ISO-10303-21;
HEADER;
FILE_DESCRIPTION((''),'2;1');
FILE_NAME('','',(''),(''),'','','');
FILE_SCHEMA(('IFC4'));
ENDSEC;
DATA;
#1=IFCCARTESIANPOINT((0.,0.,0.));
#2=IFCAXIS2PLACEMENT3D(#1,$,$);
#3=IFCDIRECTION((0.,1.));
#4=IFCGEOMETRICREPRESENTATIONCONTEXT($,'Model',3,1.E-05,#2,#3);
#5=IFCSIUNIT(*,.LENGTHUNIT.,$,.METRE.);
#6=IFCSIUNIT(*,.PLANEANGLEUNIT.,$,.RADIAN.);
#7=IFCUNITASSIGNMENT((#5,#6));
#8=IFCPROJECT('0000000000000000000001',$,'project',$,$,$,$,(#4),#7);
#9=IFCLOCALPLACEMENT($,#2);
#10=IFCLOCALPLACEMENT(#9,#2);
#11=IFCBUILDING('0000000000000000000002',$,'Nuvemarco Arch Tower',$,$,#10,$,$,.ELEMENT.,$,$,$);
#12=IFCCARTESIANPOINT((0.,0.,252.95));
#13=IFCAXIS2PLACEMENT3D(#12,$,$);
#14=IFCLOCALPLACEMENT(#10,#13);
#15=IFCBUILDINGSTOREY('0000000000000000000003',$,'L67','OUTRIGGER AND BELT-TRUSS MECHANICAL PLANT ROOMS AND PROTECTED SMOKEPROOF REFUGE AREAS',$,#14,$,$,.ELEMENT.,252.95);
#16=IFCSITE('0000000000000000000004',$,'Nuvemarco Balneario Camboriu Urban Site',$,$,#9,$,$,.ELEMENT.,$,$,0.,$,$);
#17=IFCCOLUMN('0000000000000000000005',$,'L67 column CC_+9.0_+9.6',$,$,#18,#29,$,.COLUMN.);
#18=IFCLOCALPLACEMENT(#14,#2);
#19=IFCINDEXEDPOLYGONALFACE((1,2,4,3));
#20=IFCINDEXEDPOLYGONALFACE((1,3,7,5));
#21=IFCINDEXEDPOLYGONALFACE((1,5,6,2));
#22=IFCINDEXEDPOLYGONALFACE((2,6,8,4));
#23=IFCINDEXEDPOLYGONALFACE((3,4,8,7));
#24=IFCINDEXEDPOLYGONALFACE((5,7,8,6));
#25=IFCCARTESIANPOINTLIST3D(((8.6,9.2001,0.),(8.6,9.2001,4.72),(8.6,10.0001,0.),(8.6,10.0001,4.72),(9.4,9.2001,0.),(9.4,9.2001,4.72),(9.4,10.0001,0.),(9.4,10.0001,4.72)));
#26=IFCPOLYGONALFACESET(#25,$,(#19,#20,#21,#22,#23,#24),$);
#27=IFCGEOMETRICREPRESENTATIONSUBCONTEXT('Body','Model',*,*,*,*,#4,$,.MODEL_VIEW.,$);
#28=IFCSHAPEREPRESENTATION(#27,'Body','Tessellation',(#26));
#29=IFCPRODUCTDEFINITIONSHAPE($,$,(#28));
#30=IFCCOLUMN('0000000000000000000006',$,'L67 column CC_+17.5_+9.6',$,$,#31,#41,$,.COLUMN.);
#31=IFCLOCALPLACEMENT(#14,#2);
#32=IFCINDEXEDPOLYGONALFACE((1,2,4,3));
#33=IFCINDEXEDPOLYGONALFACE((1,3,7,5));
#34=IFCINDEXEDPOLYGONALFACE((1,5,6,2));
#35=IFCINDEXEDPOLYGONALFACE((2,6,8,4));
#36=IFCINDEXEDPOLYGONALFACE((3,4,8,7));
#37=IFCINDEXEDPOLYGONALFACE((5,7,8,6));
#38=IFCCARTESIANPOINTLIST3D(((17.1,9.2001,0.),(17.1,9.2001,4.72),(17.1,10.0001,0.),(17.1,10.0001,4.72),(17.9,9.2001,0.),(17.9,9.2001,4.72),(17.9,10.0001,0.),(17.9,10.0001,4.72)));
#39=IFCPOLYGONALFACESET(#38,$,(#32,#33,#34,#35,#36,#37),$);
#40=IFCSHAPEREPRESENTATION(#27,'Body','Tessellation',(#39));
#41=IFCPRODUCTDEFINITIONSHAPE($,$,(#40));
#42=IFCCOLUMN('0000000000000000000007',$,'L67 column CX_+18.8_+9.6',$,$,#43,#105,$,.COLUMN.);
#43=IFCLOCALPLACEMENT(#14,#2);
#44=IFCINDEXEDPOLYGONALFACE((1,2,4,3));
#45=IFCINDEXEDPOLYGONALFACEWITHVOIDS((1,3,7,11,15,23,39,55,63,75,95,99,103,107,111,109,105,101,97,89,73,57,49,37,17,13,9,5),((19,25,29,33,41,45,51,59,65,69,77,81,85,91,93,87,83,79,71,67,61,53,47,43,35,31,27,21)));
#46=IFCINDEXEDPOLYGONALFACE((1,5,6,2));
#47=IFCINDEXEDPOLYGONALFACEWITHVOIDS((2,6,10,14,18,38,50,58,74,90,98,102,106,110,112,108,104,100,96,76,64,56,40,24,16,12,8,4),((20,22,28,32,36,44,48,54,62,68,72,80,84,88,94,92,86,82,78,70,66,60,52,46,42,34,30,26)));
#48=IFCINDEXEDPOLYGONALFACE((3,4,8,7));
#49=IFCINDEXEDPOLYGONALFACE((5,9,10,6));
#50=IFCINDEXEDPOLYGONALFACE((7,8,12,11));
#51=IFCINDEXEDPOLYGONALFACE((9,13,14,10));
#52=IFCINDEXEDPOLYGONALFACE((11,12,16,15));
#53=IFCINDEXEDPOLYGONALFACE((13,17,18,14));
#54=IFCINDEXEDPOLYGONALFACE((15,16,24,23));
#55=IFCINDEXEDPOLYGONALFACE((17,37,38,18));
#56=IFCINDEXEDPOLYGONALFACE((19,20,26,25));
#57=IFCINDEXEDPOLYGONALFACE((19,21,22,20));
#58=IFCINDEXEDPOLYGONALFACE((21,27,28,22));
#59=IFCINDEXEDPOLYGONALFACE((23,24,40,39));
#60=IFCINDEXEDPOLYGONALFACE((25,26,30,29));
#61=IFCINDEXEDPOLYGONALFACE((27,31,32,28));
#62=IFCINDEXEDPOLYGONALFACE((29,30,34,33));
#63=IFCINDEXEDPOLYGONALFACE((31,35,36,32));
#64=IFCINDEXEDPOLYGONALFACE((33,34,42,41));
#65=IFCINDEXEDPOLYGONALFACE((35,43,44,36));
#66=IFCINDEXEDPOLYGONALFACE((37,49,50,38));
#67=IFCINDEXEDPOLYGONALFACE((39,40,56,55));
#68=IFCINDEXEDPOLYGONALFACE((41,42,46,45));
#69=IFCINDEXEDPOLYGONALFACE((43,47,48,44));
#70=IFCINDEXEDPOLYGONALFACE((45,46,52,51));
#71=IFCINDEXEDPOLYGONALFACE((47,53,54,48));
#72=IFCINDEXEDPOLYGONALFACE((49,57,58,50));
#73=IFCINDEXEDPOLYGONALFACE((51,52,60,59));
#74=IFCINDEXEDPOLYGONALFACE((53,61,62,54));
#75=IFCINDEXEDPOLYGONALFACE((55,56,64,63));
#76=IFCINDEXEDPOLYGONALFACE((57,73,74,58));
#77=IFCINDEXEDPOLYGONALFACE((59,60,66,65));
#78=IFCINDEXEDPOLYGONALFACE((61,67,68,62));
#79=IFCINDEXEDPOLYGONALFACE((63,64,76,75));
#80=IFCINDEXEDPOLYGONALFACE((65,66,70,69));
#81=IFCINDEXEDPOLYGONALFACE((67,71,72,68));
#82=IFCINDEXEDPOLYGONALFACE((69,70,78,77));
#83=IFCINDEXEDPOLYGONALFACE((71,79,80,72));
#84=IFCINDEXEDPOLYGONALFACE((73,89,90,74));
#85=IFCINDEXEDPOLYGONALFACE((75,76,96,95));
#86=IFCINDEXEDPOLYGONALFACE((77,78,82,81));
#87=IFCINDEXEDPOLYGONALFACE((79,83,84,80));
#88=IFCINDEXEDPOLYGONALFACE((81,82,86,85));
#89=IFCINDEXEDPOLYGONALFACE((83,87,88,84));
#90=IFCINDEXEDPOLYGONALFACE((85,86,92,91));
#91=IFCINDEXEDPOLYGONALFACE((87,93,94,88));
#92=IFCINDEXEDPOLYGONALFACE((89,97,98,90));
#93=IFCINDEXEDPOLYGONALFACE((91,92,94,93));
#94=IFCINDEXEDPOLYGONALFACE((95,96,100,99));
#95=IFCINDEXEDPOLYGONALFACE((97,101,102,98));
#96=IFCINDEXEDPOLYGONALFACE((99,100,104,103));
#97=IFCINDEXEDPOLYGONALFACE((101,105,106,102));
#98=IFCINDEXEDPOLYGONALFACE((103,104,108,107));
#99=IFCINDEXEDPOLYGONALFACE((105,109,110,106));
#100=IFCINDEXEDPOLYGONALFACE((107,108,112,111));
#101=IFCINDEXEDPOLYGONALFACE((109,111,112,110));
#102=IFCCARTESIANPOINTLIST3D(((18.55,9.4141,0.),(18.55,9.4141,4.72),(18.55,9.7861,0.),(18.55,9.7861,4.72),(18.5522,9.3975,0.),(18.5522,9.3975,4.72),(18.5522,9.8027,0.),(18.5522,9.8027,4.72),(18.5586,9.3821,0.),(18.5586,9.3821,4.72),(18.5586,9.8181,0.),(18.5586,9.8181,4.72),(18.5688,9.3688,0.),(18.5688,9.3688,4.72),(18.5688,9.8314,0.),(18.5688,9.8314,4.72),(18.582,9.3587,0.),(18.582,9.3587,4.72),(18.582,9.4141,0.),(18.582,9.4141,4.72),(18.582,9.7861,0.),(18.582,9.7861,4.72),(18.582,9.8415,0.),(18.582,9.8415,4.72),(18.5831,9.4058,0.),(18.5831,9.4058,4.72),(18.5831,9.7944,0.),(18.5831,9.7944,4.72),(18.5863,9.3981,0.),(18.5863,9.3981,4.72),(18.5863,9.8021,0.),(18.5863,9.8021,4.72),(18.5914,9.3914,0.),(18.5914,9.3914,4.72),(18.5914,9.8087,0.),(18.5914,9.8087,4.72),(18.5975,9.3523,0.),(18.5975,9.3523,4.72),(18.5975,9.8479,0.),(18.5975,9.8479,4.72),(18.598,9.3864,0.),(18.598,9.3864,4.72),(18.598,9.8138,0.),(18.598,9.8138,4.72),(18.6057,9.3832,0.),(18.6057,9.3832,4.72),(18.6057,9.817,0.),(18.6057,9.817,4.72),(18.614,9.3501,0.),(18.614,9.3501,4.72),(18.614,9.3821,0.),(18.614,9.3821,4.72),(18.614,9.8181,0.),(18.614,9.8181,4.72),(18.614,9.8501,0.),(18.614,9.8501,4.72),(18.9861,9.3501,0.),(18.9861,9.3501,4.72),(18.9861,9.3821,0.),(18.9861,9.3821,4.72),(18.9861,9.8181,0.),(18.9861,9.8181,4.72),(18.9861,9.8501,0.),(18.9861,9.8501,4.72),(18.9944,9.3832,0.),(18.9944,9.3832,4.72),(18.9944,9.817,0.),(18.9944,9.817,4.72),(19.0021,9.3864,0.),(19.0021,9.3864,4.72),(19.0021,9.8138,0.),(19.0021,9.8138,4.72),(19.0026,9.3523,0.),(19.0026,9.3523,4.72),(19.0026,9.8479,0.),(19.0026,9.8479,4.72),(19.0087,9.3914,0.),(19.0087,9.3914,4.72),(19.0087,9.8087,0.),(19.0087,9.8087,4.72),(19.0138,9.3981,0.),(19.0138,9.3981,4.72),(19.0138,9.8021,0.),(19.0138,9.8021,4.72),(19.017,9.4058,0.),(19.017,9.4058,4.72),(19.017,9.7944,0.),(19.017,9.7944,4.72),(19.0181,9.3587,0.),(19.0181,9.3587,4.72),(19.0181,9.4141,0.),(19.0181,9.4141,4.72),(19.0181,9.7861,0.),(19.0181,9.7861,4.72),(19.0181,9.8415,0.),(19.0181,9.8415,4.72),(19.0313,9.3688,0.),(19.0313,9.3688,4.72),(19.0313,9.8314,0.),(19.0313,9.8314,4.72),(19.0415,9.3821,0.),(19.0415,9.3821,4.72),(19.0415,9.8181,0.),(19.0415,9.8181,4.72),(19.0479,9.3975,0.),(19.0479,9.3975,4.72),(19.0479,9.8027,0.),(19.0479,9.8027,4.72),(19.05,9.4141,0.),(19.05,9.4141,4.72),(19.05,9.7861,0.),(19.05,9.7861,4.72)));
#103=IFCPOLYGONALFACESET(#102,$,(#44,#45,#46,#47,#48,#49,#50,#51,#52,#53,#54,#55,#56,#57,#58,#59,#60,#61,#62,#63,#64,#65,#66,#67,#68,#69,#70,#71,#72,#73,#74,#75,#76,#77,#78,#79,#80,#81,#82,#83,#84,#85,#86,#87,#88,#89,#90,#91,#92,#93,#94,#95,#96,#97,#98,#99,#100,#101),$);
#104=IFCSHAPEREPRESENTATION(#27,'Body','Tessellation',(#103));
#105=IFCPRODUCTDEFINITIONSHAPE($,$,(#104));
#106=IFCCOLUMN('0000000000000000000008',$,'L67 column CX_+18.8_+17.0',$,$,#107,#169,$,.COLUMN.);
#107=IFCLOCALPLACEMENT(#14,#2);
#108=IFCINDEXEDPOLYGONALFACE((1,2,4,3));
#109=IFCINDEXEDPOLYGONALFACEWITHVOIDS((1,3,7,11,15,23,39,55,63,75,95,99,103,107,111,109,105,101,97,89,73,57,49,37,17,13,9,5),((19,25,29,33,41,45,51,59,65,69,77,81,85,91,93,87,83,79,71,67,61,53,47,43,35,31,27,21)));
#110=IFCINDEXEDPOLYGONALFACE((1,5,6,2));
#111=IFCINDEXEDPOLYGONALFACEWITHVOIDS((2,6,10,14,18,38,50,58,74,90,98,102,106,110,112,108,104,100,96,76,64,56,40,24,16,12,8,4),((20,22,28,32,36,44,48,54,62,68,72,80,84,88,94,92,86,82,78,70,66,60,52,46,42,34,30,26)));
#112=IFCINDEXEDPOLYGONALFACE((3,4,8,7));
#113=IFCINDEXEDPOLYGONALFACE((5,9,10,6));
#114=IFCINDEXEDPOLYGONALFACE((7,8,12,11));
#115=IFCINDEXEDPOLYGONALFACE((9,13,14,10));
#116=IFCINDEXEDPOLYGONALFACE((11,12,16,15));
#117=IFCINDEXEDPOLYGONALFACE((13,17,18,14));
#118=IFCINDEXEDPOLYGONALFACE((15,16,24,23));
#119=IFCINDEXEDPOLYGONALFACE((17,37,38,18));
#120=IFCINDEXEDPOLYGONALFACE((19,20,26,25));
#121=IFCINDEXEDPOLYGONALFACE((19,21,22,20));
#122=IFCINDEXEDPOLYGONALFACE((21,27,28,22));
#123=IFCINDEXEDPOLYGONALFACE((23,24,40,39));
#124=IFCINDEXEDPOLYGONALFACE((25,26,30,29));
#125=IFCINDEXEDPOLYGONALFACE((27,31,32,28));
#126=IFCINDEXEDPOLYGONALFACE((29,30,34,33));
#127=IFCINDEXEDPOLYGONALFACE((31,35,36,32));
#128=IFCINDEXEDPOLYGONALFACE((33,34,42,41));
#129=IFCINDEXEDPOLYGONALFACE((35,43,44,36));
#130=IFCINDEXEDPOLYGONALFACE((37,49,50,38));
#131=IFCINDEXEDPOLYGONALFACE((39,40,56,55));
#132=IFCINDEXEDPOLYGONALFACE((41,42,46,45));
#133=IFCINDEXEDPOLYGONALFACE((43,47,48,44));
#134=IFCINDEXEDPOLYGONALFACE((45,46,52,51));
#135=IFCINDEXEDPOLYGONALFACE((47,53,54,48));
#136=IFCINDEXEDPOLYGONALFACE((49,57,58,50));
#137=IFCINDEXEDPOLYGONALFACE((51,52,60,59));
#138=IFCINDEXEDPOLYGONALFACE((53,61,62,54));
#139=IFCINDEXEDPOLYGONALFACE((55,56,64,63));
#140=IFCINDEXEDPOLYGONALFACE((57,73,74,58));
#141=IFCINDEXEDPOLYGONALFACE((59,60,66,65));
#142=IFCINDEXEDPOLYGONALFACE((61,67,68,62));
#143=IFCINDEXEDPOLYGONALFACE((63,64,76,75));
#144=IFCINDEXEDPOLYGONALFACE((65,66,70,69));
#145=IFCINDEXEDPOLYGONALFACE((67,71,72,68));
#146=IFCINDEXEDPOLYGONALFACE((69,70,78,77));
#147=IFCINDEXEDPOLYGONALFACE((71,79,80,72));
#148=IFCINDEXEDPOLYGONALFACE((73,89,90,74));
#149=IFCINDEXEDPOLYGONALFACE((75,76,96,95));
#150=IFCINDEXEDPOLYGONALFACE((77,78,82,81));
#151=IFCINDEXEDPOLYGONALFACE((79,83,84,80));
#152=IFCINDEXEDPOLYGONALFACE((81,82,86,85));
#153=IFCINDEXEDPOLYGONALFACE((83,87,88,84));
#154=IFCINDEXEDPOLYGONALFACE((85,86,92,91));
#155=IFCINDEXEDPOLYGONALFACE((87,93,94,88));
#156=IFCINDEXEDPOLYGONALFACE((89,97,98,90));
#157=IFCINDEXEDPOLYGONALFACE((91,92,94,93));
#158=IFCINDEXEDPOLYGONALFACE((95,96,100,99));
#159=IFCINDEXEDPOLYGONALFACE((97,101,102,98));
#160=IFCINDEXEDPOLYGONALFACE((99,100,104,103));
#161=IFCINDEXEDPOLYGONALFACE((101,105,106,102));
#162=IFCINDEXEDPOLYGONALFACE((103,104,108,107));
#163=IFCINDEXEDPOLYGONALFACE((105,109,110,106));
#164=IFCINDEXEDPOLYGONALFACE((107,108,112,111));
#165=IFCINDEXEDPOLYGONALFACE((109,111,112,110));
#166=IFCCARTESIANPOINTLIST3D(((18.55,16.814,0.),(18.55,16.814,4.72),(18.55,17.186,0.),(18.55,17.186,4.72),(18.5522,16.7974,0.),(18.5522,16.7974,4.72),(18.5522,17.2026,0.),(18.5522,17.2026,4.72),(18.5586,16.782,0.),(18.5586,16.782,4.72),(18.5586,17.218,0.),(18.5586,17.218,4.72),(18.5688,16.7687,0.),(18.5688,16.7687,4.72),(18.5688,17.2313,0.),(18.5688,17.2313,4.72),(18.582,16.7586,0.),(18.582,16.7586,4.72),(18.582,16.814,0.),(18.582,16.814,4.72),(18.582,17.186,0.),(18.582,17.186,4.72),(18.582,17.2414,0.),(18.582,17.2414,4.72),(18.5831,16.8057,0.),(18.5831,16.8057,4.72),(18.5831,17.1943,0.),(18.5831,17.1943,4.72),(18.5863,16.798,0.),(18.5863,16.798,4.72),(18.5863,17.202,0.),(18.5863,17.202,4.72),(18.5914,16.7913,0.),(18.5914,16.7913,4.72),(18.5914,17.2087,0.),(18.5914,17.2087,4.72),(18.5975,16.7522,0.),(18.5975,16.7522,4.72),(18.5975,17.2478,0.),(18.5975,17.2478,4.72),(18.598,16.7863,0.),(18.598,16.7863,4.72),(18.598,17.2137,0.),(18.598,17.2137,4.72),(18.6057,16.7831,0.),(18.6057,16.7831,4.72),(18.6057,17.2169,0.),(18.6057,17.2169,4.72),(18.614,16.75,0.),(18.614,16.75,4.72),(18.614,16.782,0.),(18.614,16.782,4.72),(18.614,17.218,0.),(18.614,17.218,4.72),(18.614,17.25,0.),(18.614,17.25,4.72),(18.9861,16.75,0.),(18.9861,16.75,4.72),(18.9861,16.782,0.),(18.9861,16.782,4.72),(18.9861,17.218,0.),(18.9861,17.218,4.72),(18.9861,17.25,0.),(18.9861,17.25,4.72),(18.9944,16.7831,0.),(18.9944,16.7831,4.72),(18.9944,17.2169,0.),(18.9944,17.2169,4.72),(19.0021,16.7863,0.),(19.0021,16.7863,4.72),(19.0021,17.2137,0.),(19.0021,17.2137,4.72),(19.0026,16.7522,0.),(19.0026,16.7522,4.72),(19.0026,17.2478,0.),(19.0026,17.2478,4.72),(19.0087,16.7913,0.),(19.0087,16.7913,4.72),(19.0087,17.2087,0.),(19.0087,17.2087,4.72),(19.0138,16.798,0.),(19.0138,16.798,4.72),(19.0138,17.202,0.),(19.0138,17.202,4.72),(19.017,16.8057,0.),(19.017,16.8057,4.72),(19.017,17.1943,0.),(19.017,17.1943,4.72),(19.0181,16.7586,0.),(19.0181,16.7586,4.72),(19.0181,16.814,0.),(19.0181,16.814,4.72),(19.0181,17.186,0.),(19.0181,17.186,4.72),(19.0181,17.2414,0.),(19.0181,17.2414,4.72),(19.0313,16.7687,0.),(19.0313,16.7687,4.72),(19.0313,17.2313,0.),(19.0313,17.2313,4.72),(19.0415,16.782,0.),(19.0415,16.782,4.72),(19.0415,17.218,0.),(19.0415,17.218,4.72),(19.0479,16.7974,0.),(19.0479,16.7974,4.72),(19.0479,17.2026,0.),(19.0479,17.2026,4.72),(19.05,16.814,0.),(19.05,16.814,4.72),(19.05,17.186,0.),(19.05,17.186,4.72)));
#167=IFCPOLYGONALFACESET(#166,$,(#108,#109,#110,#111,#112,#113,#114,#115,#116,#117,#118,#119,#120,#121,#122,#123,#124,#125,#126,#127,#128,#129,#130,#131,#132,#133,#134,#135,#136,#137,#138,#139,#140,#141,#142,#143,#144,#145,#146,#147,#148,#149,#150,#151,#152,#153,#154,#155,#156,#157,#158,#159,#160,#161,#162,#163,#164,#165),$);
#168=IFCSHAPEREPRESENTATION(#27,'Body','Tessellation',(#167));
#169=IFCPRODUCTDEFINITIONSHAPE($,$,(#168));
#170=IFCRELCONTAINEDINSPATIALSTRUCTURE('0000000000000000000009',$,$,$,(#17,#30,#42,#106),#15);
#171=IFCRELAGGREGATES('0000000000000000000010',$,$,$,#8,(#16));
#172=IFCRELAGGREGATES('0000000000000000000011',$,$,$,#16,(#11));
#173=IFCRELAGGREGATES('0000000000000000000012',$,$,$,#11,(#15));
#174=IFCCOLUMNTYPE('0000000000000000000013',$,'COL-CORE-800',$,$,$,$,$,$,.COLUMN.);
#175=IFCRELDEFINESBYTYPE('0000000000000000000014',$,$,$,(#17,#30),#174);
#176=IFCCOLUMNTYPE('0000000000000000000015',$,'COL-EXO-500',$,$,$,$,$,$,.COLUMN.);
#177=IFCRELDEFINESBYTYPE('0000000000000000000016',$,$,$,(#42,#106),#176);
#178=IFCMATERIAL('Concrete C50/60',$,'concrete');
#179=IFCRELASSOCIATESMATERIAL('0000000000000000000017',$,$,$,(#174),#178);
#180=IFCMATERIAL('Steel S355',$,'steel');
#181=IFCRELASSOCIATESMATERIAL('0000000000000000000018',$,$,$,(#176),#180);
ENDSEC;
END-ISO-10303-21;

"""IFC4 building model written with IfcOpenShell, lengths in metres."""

from ifc_helpers import new_model, si_unit, direction, frame, origin, origin_2d, place, context, subcontext, project, spatial, rectangle, hollow_rectangle, extrude, material, material_profile, profile_set, type_object, element, save


model = new_model("IFC4")

# Units and contexts
model_context = context("Model", 3, precision=1e-05, world=origin(), true_north=direction((0.0, 1.0)))
body_context = subcontext(model_context, "Body", "Model", "MODEL_VIEW")
ifc_project = project(units=[si_unit("LENGTHUNIT", "METRE"), si_unit("PLANEANGLEUNIT", "RADIAN")], contexts=[model_context])

# Site, building, storey
site_placement = place(None, origin())
site = spatial("IfcSite", under=ifc_project, at=site_placement, Name="Nuvemarco Balneario Camboriu Urban Site", CompositionType="ELEMENT", RefElevation=0.0)
building_placement = place(site_placement, origin())
building = spatial("IfcBuilding", under=site, at=building_placement, Name="Nuvemarco Arch Tower", CompositionType="ELEMENT")
storey_placement = place(building_placement, frame((0.0, 0.0, 252.95)))
storey = spatial("IfcBuildingStorey", under=building, at=storey_placement, Name="L67", Description="OUTRIGGER AND BELT-TRUSS MECHANICAL PLANT ROOMS AND PROTECTED SMOKEPROOF REFUGE AREAS", CompositionType="ELEMENT", Elevation=252.95)

# Columns
ifc_material_1 = material(Name="Concrete C50/60", Category="concrete")
ifc_material_profile_1 = material_profile(ifc_material_1, rectangle(XDim=0.8, YDim=0.8, at=origin_2d()), Name="RC-COL-800x800")
ifc_profile_set_1 = profile_set([ifc_material_profile_1], Name="Concrete C50/60")
column_type_1 = type_object("IfcColumnType", Name="COL-CORE-800", PredefinedType="COLUMN", material=ifc_profile_set_1)
for number, where, z_axis, x_axis, name in (
    (1, (9.0, 9.6001, 0.0), (0.0, 0.0, 1.0), (1.0, 0.0, 0.0), "L67 column CC_+9.0_+9.6"),
    (2, (17.5, 9.6001, 0.0), (0.0, 0.0, 1.0), (1.0, 0.0, 0.0), "L67 column CC_+17.5_+9.6"),
):
    element("IfcColumn", number, at=place(storey_placement, frame(where, z_axis=z_axis, x_axis=x_axis)), inside=storey, type_object=column_type_1, Name=name, PredefinedType="COLUMN", context=body_context, shape_type="SweptSolid", body=[
        extrude(rectangle(XDim=0.8, YDim=0.8, at=origin_2d()), origin(), (0.0, 0.0, 1.0), 4.72),
    ])
ifc_material_2 = material(Name="Steel S355", Category="steel")
ifc_material_profile_2 = material_profile(ifc_material_2, hollow_rectangle(XDim=0.5, YDim=0.5, WallThickness=0.032, InnerFilletRadius=0.032, OuterFilletRadius=0.064, at=origin_2d()), Name="SHS500x500x32")
ifc_profile_set_2 = profile_set([ifc_material_profile_2], Name="Steel S355")
column_type_2 = type_object("IfcColumnType", Name="COL-EXO-500", PredefinedType="COLUMN", material=ifc_profile_set_2)
for number, where, z_axis, x_axis, name in (
    (3, (18.8, 9.6001, 0.0), (0.0, 0.0, 1.0), (1.0, 0.0, 0.0), "L67 column CX_+18.8_+9.6"),
    (4, (18.8, 17.0, 0.0), (0.0, 0.0, 1.0), (1.0, 0.0, 0.0), "L67 column CX_+18.8_+17.0"),
):
    element("IfcColumn", number, at=place(storey_placement, frame(where, z_axis=z_axis, x_axis=x_axis)), inside=storey, type_object=column_type_2, Name=name, PredefinedType="COLUMN", context=body_context, shape_type="SweptSolid", body=[
        extrude(hollow_rectangle(XDim=0.5, YDim=0.5, WallThickness=0.032, InnerFilletRadius=0.032, OuterFilletRadius=0.064, at=origin_2d()), origin(), (0.0, 0.0, 1.0), 4.72),
    ])

save(model, "model.ifc")
